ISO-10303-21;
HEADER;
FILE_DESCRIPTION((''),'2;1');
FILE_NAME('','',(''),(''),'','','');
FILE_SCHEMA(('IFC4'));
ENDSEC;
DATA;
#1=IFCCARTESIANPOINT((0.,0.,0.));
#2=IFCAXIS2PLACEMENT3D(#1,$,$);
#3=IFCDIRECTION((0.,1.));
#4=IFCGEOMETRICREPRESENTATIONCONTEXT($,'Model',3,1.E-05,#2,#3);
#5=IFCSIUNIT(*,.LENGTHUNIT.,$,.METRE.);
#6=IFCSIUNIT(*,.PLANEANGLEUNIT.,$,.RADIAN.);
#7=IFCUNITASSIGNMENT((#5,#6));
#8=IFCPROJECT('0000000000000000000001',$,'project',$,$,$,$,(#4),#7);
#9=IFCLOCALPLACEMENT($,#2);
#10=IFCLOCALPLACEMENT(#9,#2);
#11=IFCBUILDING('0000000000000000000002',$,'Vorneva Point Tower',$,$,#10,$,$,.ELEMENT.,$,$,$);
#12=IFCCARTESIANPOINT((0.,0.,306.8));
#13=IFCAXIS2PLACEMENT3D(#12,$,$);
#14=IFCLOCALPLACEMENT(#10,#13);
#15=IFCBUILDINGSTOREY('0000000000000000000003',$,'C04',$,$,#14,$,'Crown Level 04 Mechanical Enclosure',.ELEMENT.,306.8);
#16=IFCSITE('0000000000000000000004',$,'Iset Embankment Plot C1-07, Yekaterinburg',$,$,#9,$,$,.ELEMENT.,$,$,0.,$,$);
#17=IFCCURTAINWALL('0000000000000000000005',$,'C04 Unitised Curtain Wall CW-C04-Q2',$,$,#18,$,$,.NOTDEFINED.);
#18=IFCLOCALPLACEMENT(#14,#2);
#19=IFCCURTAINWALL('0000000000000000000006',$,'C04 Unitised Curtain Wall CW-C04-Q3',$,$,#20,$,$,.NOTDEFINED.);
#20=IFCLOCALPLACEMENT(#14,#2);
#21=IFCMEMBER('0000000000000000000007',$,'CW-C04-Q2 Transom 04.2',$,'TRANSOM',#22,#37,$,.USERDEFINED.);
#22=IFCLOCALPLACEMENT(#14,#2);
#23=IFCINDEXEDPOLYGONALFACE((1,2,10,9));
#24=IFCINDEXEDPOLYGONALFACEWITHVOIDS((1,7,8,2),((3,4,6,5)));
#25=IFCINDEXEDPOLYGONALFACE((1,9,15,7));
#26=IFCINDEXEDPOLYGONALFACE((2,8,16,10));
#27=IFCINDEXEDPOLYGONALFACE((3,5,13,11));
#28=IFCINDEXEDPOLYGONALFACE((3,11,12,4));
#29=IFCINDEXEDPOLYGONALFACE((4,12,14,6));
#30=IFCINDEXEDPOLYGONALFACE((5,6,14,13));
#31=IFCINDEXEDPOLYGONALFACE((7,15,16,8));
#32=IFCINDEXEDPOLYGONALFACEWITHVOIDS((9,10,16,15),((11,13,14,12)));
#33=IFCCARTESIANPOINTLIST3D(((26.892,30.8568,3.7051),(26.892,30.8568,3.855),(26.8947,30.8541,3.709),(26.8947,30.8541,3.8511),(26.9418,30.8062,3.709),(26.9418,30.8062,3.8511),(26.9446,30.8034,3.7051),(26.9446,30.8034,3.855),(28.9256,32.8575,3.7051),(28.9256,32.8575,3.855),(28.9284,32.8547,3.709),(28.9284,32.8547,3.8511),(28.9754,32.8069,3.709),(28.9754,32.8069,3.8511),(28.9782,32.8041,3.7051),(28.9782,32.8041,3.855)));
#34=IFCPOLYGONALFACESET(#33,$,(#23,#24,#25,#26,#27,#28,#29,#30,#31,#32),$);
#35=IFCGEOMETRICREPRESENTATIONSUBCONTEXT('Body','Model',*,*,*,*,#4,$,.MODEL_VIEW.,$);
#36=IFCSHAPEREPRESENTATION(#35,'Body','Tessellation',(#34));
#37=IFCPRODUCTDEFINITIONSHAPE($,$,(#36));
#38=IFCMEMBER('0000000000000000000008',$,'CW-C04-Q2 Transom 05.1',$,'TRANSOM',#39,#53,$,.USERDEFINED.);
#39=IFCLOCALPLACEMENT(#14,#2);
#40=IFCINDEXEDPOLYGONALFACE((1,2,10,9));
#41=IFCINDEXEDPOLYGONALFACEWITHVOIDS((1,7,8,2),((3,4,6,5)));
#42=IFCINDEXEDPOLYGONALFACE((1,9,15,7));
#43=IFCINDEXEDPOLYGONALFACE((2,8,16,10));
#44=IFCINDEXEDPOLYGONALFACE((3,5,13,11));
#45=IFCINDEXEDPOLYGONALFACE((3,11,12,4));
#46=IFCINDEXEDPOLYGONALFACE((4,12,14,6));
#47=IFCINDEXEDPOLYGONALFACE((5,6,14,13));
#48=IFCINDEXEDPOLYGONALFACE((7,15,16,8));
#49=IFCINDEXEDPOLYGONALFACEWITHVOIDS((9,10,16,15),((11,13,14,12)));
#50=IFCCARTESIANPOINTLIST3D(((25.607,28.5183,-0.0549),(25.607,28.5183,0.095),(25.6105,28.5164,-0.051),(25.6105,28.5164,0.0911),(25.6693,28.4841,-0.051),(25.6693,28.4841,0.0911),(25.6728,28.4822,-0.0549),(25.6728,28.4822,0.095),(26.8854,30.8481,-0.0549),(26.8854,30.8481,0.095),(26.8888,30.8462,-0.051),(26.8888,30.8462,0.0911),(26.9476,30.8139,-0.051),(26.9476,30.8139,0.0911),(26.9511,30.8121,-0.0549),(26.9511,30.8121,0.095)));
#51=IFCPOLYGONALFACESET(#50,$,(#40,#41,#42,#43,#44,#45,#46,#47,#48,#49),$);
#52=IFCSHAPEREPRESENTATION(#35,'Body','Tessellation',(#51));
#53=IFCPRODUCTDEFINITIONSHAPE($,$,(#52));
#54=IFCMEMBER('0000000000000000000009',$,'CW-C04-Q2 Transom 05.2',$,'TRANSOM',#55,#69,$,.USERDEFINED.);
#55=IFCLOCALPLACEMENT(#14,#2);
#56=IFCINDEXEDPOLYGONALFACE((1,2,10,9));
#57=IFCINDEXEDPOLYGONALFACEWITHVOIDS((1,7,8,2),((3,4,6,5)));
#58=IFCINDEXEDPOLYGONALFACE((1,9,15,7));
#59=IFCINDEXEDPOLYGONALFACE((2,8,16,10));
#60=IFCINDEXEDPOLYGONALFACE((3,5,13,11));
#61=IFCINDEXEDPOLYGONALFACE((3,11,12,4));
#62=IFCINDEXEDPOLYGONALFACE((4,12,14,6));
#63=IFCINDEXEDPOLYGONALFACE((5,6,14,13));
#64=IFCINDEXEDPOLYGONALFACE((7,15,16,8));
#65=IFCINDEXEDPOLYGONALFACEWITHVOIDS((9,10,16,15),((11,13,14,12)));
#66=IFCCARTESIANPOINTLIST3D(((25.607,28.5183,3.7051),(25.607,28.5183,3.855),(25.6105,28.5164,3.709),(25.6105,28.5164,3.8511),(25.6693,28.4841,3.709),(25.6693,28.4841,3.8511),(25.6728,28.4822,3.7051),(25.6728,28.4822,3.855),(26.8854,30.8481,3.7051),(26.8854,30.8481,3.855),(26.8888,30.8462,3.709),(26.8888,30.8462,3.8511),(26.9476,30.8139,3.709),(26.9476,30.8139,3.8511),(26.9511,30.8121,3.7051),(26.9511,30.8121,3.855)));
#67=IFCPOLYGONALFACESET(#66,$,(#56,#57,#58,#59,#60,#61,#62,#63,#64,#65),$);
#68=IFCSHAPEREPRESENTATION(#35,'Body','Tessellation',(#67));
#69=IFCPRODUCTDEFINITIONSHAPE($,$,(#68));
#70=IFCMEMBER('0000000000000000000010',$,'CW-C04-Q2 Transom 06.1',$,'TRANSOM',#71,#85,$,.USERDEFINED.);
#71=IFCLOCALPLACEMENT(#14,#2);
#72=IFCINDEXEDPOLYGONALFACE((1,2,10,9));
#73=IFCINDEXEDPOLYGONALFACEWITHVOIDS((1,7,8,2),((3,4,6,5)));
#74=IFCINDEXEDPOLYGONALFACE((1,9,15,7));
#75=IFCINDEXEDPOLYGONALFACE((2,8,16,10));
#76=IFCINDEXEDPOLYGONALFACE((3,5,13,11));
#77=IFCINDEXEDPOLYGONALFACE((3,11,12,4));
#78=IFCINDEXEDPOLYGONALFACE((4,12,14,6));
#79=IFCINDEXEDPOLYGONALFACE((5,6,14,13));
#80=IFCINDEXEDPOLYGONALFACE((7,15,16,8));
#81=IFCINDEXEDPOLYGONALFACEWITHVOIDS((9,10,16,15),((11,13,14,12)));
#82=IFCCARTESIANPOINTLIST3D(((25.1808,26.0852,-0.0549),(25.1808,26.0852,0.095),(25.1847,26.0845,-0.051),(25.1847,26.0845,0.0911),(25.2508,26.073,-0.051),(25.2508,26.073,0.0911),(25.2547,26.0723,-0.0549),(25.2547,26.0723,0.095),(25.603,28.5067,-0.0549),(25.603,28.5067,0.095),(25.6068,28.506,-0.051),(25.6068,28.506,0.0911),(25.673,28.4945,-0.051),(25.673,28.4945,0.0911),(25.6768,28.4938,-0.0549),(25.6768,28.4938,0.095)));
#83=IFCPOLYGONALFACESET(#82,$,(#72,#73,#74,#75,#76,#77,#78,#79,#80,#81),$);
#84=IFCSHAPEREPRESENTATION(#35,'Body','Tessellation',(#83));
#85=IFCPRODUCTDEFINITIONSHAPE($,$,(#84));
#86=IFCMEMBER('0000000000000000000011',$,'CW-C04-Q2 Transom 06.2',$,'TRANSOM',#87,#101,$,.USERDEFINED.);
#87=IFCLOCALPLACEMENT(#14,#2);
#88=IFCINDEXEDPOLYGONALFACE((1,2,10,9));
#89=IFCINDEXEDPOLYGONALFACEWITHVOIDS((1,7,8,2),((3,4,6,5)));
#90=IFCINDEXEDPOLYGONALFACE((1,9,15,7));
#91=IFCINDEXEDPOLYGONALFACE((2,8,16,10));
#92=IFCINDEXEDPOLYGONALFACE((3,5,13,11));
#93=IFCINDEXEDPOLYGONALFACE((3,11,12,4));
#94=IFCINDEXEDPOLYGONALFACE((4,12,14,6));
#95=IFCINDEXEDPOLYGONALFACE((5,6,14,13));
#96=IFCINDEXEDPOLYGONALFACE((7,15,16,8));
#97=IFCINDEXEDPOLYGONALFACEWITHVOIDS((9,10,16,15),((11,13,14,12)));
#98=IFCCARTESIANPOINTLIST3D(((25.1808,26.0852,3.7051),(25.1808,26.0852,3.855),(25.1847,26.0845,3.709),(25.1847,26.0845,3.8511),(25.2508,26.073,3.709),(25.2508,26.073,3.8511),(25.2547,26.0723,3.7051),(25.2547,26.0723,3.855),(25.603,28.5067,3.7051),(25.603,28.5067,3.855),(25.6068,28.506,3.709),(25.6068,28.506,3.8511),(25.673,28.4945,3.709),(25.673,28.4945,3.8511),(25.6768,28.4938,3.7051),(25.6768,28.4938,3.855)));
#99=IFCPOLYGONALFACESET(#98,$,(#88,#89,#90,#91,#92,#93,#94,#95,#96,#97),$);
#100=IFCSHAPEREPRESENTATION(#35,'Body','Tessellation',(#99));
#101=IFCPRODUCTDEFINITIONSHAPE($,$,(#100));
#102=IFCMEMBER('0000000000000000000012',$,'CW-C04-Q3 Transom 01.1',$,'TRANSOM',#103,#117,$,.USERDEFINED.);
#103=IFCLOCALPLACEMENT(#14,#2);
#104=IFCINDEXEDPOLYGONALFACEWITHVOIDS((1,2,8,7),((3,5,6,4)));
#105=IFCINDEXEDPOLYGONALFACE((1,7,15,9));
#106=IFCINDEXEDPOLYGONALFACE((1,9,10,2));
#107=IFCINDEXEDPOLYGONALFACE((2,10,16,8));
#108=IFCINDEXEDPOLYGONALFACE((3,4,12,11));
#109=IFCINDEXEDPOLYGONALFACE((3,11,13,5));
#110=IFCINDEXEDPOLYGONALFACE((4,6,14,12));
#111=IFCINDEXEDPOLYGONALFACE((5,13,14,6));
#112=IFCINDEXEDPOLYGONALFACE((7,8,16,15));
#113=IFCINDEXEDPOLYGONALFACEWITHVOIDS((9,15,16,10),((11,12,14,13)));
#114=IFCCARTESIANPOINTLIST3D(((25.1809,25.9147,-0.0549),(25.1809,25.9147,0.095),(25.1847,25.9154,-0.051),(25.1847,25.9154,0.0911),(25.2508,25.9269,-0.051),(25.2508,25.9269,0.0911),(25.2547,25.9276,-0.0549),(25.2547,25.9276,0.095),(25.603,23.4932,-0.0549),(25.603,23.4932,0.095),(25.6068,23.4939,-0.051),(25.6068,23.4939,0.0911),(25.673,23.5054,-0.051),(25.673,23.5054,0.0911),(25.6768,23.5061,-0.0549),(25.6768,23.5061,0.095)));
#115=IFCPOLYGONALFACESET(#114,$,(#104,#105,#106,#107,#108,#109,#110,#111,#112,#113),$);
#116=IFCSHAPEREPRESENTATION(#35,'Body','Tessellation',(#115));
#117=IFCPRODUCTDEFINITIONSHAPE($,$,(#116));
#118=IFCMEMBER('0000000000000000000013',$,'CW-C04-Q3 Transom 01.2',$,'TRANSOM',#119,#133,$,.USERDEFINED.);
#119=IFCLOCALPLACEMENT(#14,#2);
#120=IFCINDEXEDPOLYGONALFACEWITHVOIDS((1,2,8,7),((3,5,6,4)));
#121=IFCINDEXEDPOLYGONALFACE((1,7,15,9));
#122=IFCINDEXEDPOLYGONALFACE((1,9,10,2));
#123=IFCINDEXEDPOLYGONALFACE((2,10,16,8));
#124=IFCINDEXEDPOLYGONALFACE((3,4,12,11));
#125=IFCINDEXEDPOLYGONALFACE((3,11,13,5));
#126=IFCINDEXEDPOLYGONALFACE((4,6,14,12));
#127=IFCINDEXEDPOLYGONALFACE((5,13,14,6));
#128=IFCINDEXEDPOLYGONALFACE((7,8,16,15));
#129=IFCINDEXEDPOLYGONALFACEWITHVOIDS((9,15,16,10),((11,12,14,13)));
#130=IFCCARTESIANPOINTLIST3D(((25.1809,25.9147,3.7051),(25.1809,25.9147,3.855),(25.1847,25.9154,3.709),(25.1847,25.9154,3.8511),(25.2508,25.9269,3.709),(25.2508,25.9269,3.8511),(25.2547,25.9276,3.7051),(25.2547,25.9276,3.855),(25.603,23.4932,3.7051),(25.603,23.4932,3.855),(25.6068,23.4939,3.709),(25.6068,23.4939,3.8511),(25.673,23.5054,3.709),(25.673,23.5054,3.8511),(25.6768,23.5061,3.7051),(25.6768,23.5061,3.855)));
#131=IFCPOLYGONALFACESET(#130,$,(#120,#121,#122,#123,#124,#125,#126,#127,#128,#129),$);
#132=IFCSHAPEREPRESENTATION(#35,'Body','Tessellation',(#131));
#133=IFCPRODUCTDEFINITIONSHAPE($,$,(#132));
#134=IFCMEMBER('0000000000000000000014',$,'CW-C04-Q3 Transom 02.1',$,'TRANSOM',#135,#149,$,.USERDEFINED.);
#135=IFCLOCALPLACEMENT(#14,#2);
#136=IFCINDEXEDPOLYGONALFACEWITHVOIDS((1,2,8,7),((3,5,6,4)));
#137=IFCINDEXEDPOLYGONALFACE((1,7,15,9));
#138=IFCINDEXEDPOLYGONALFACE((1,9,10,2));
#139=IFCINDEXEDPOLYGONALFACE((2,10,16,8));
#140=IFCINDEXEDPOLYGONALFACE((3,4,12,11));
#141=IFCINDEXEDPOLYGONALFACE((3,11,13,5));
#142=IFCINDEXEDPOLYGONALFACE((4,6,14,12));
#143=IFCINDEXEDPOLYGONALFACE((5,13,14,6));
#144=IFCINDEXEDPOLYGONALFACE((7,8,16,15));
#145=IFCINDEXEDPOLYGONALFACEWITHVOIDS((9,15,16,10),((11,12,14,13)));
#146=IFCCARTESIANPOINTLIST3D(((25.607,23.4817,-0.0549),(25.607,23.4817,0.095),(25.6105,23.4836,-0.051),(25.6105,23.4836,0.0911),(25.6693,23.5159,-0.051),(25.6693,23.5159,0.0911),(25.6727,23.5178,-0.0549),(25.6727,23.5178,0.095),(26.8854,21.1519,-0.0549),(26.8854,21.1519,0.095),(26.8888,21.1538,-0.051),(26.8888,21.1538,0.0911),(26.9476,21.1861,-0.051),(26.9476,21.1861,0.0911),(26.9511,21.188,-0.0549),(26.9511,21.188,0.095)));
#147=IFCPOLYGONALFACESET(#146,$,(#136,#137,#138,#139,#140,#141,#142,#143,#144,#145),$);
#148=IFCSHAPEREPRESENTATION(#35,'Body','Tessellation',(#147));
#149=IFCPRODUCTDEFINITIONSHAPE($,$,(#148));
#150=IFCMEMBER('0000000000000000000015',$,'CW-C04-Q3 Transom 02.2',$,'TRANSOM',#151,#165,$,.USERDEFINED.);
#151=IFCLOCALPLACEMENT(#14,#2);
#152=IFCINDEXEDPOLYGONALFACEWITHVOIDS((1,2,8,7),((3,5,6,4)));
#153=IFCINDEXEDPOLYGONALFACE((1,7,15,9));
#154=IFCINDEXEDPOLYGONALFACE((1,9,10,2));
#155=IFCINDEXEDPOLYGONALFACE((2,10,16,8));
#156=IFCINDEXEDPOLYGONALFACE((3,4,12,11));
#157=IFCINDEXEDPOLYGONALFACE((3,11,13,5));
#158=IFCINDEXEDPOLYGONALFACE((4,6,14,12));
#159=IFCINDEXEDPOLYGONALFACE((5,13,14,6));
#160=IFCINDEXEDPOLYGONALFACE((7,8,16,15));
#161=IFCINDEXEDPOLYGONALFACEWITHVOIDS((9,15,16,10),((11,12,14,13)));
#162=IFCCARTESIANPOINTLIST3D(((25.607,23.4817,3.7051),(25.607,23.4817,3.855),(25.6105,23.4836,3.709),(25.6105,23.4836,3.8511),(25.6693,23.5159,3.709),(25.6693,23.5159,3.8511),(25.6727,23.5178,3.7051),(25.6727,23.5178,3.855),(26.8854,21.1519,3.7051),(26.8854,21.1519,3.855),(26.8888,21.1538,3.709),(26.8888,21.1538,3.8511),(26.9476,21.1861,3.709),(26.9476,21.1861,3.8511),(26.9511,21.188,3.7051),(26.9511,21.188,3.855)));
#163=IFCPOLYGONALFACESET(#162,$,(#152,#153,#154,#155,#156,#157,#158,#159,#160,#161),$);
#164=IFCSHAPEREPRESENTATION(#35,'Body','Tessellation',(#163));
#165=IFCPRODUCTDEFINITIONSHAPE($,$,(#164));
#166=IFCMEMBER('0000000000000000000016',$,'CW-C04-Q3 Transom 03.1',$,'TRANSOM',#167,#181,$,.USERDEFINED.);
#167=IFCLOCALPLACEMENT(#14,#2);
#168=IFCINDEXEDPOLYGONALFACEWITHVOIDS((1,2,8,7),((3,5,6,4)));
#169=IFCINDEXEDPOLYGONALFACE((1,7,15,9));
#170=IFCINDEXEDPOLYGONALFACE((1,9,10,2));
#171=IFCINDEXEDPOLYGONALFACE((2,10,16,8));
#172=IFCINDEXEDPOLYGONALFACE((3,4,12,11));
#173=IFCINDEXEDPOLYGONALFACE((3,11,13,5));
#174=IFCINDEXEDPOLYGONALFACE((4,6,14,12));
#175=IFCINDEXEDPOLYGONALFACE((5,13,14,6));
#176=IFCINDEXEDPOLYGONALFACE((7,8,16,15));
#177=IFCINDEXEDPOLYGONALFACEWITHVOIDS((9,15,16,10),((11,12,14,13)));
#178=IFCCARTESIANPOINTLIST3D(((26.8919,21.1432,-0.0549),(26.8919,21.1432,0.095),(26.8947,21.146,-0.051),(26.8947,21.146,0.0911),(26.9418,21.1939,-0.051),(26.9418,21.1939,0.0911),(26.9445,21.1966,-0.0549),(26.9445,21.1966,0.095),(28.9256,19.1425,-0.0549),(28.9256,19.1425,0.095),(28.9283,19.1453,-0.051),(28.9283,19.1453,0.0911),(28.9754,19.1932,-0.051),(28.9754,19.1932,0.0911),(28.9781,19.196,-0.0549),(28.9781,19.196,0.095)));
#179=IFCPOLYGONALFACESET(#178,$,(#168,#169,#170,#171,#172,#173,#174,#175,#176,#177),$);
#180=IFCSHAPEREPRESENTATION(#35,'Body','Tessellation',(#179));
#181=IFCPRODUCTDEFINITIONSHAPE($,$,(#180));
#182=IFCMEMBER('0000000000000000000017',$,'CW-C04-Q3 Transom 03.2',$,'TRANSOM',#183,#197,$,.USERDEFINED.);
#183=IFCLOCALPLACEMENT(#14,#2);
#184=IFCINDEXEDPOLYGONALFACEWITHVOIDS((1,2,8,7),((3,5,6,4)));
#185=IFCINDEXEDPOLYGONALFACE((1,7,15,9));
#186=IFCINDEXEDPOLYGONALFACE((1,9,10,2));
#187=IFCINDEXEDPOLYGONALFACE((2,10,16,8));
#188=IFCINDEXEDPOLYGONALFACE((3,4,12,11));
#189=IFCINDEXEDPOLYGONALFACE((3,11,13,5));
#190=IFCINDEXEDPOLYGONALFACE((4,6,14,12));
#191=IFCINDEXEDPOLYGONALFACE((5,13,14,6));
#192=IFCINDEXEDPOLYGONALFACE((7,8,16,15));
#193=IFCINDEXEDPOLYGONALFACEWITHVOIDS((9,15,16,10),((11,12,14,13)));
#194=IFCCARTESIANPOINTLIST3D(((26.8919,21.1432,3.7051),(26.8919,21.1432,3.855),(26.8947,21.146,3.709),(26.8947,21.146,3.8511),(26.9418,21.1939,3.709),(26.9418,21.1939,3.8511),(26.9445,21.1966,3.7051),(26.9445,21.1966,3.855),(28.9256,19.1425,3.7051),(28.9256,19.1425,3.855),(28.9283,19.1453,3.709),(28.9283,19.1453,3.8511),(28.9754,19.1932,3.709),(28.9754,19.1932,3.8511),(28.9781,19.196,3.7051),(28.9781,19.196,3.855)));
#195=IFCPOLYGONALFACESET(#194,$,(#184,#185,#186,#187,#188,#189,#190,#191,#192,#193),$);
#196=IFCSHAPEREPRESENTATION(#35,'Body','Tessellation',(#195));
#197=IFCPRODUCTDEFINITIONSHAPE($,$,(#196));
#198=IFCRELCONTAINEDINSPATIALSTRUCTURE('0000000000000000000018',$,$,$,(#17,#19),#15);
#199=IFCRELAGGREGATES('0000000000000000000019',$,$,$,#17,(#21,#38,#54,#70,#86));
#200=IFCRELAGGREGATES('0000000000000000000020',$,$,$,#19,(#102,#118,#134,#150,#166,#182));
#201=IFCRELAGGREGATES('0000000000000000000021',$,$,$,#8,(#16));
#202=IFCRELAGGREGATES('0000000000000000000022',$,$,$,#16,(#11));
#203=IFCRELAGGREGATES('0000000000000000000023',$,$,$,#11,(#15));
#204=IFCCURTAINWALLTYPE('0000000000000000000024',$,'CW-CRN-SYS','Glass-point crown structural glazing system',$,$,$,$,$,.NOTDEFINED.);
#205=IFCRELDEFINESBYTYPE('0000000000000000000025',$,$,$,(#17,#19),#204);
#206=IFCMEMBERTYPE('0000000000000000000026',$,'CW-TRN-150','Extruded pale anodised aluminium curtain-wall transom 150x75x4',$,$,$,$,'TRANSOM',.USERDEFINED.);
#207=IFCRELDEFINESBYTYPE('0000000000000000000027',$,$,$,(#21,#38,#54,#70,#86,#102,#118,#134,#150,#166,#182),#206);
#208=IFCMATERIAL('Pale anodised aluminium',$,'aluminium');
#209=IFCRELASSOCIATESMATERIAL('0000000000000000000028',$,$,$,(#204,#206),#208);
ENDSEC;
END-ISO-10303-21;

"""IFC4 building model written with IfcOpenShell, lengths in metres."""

from ifc_helpers import new_model, si_unit, direction, frame, origin, origin_2d, place, context, subcontext, project, spatial, hollow_rectangle, extrude, material, material_profile, profile_set, type_object, element, aggregate, save


model = new_model("IFC4")

# Units and contexts
model_context = context("Model", 3, precision=1e-05, world=origin(), true_north=direction((0.0, 1.0)))
body_context = subcontext(model_context, "Body", "Model", "MODEL_VIEW")
ifc_project = project(units=[si_unit("LENGTHUNIT", "METRE"), si_unit("PLANEANGLEUNIT", "RADIAN")], contexts=[model_context])

# Site, building, storey
site_placement = place(None, origin())
site = spatial("IfcSite", under=ifc_project, at=site_placement, Name="Iset Embankment Plot C1-07, Yekaterinburg", CompositionType="ELEMENT", RefElevation=0.0)
building_placement = place(site_placement, origin())
building = spatial("IfcBuilding", under=site, at=building_placement, Name="Vorneva Point Tower", CompositionType="ELEMENT")
storey_placement = place(building_placement, frame((0.0, 0.0, 306.8)))
storey = spatial("IfcBuildingStorey", under=building, at=storey_placement, Name="C04", LongName="Crown Level 04 Mechanical Enclosure", CompositionType="ELEMENT", Elevation=306.8)

# Curtain walls
ifc_material_1 = material(Name="Pale anodised aluminium", Category="aluminium")
curtain_wall_type = type_object("IfcCurtainWallType", Name="CW-CRN-SYS", Description="Glass-point crown structural glazing system", PredefinedType="NOTDEFINED", material=ifc_material_1)
curtain_wall_1_placement = place(storey_placement, origin())
curtain_wall_1 = element("IfcCurtainWall", 1, at=curtain_wall_1_placement, inside=storey, type_object=curtain_wall_type, Name="C04 Unitised Curtain Wall CW-C04-Q2", PredefinedType="NOTDEFINED")
curtain_wall_2_placement = place(storey_placement, origin())
curtain_wall_2 = element("IfcCurtainWall", 2, at=curtain_wall_2_placement, inside=storey, type_object=curtain_wall_type, Name="C04 Unitised Curtain Wall CW-C04-Q3", PredefinedType="NOTDEFINED")

# Members
ifc_material_profile_1 = material_profile(ifc_material_1, hollow_rectangle(XDim=0.075, YDim=0.1499, WallThickness=0.0039, at=origin_2d()), Name="AL-TRN 150x75x4")
ifc_profile_set_1 = profile_set([ifc_material_profile_1], Name="Pale anodised aluminium")
member_type_1 = type_object("IfcMemberType", Name="CW-TRN-150", Description="Extruded pale anodised aluminium curtain-wall transom 150x75x4", ElementType="TRANSOM", PredefinedType="USERDEFINED", material=ifc_profile_set_1)
member_1_placement = place(storey_placement, frame((28.9519, 32.8308, 3.78), z_axis=(-0.71286, -0.701307, 0.0), x_axis=(0.701307, -0.71286, 0.0)))
member_1 = element("IfcMember", 3, at=member_1_placement, type_object=member_type_1, Name="CW-C04-Q2 Transom 04.2", ObjectType="TRANSOM", PredefinedType="USERDEFINED", context=body_context, shape_type="SweptSolid", body=[
    extrude(hollow_rectangle(XDim=0.075, YDim=0.1499, WallThickness=0.0039, at=origin_2d()), origin(), (0.0, 0.0, 1.0), 2.8528),
])
member_2_placement = place(storey_placement, frame((26.9182, 30.8301, 0.02), z_axis=(-0.481026, -0.876706, 0.0), x_axis=(0.876706, -0.481026, 0.0)))
member_2 = element("IfcMember", 4, at=member_2_placement, type_object=member_type_1, Name="CW-C04-Q2 Transom 05.1", ObjectType="TRANSOM", PredefinedType="USERDEFINED", context=body_context, shape_type="SweptSolid", body=[
    extrude(hollow_rectangle(XDim=0.075, YDim=0.1499, WallThickness=0.0039, at=origin_2d()), origin(), (0.0, 0.0, 1.0), 2.6575),
])
member_3_placement = place(storey_placement, frame((26.9182, 30.8301, 3.78), z_axis=(-0.481026, -0.876706, 0.0), x_axis=(0.876706, -0.481026, 0.0)))
member_3 = element("IfcMember", 5, at=member_3_placement, type_object=member_type_1, Name="CW-C04-Q2 Transom 05.2", ObjectType="TRANSOM", PredefinedType="USERDEFINED", context=body_context, shape_type="SweptSolid", body=[
    extrude(hollow_rectangle(XDim=0.075, YDim=0.1499, WallThickness=0.0039, at=origin_2d()), origin(), (0.0, 0.0, 1.0), 2.6575),
])
member_4_placement = place(storey_placement, frame((25.6399, 28.5002, 0.02), z_axis=(-0.171739, -0.985142, 0.0), x_axis=(0.985142, -0.171739, 0.0)))
member_4 = element("IfcMember", 6, at=member_4_placement, type_object=member_type_1, Name="CW-C04-Q2 Transom 06.1", ObjectType="TRANSOM", PredefinedType="USERDEFINED", context=body_context, shape_type="SweptSolid", body=[
    extrude(hollow_rectangle(XDim=0.075, YDim=0.1499, WallThickness=0.0039, at=origin_2d()), origin(), (0.0, 0.0, 1.0), 2.458),
])
member_5_placement = place(storey_placement, frame((25.6399, 28.5002, 3.78), z_axis=(-0.171739, -0.985142, 0.0), x_axis=(0.985142, -0.171739, 0.0)))
member_5 = element("IfcMember", 7, at=member_5_placement, type_object=member_type_1, Name="CW-C04-Q2 Transom 06.2", ObjectType="TRANSOM", PredefinedType="USERDEFINED", context=body_context, shape_type="SweptSolid", body=[
    extrude(hollow_rectangle(XDim=0.075, YDim=0.1499, WallThickness=0.0039, at=origin_2d()), origin(), (0.0, 0.0, 1.0), 2.458),
])
member_6_placement = place(storey_placement, frame((25.2178, 25.9211, 0.02), z_axis=(0.171739, -0.985142, 0.0), x_axis=(0.985142, 0.171739, 0.0)))
member_6 = element("IfcMember", 8, at=member_6_placement, type_object=member_type_1, Name="CW-C04-Q3 Transom 01.1", ObjectType="TRANSOM", PredefinedType="USERDEFINED", context=body_context, shape_type="SweptSolid", body=[
    extrude(hollow_rectangle(XDim=0.075, YDim=0.1499, WallThickness=0.0039, at=origin_2d()), origin(), (0.0, 0.0, 1.0), 2.458),
])
member_7_placement = place(storey_placement, frame((25.2178, 25.9211, 3.78), z_axis=(0.171739, -0.985142, 0.0), x_axis=(0.985142, 0.171739, 0.0)))
member_7 = element("IfcMember", 9, at=member_7_placement, type_object=member_type_1, Name="CW-C04-Q3 Transom 01.2", ObjectType="TRANSOM", PredefinedType="USERDEFINED", context=body_context, shape_type="SweptSolid", body=[
    extrude(hollow_rectangle(XDim=0.075, YDim=0.1499, WallThickness=0.0039, at=origin_2d()), origin(), (0.0, 0.0, 1.0), 2.458),
])
member_8_placement = place(storey_placement, frame((25.6399, 23.4998, 0.02), z_axis=(0.481026, -0.876706, 0.0), x_axis=(0.876706, 0.481026, 0.0)))
member_8 = element("IfcMember", 10, at=member_8_placement, type_object=member_type_1, Name="CW-C04-Q3 Transom 02.1", ObjectType="TRANSOM", PredefinedType="USERDEFINED", context=body_context, shape_type="SweptSolid", body=[
    extrude(hollow_rectangle(XDim=0.075, YDim=0.1499, WallThickness=0.0039, at=origin_2d()), origin(), (0.0, 0.0, 1.0), 2.6575),
])
member_9_placement = place(storey_placement, frame((25.6399, 23.4998, 3.78), z_axis=(0.481026, -0.876706, 0.0), x_axis=(0.876706, 0.481026, 0.0)))
member_9 = element("IfcMember", 11, at=member_9_placement, type_object=member_type_1, Name="CW-C04-Q3 Transom 02.2", ObjectType="TRANSOM", PredefinedType="USERDEFINED", context=body_context, shape_type="SweptSolid", body=[
    extrude(hollow_rectangle(XDim=0.075, YDim=0.1499, WallThickness=0.0039, at=origin_2d()), origin(), (0.0, 0.0, 1.0), 2.6575),
])
member_10_placement = place(storey_placement, frame((26.9182, 21.1699, 0.02), z_axis=(0.71286, -0.701307, 0.0), x_axis=(0.701307, 0.71286, 0.0)))
member_10 = element("IfcMember", 12, at=member_10_placement, type_object=member_type_1, Name="CW-C04-Q3 Transom 03.1", ObjectType="TRANSOM", PredefinedType="USERDEFINED", context=body_context, shape_type="SweptSolid", body=[
    extrude(hollow_rectangle(XDim=0.075, YDim=0.1499, WallThickness=0.0039, at=origin_2d()), origin(), (0.0, 0.0, 1.0), 2.8528),
])
member_11_placement = place(storey_placement, frame((26.9182, 21.1699, 3.78), z_axis=(0.71286, -0.701307, 0.0), x_axis=(0.701307, 0.71286, 0.0)))
member_11 = element("IfcMember", 13, at=member_11_placement, type_object=member_type_1, Name="CW-C04-Q3 Transom 03.2", ObjectType="TRANSOM", PredefinedType="USERDEFINED", context=body_context, shape_type="SweptSolid", body=[
    extrude(hollow_rectangle(XDim=0.075, YDim=0.1499, WallThickness=0.0039, at=origin_2d()), origin(), (0.0, 0.0, 1.0), 2.8528),
])

aggregate(curtain_wall_1, [member_1, member_2, member_3, member_4, member_5])
aggregate(curtain_wall_2, [member_6, member_7, member_8, member_9, member_10, member_11])

save(model, "model.ifc")
